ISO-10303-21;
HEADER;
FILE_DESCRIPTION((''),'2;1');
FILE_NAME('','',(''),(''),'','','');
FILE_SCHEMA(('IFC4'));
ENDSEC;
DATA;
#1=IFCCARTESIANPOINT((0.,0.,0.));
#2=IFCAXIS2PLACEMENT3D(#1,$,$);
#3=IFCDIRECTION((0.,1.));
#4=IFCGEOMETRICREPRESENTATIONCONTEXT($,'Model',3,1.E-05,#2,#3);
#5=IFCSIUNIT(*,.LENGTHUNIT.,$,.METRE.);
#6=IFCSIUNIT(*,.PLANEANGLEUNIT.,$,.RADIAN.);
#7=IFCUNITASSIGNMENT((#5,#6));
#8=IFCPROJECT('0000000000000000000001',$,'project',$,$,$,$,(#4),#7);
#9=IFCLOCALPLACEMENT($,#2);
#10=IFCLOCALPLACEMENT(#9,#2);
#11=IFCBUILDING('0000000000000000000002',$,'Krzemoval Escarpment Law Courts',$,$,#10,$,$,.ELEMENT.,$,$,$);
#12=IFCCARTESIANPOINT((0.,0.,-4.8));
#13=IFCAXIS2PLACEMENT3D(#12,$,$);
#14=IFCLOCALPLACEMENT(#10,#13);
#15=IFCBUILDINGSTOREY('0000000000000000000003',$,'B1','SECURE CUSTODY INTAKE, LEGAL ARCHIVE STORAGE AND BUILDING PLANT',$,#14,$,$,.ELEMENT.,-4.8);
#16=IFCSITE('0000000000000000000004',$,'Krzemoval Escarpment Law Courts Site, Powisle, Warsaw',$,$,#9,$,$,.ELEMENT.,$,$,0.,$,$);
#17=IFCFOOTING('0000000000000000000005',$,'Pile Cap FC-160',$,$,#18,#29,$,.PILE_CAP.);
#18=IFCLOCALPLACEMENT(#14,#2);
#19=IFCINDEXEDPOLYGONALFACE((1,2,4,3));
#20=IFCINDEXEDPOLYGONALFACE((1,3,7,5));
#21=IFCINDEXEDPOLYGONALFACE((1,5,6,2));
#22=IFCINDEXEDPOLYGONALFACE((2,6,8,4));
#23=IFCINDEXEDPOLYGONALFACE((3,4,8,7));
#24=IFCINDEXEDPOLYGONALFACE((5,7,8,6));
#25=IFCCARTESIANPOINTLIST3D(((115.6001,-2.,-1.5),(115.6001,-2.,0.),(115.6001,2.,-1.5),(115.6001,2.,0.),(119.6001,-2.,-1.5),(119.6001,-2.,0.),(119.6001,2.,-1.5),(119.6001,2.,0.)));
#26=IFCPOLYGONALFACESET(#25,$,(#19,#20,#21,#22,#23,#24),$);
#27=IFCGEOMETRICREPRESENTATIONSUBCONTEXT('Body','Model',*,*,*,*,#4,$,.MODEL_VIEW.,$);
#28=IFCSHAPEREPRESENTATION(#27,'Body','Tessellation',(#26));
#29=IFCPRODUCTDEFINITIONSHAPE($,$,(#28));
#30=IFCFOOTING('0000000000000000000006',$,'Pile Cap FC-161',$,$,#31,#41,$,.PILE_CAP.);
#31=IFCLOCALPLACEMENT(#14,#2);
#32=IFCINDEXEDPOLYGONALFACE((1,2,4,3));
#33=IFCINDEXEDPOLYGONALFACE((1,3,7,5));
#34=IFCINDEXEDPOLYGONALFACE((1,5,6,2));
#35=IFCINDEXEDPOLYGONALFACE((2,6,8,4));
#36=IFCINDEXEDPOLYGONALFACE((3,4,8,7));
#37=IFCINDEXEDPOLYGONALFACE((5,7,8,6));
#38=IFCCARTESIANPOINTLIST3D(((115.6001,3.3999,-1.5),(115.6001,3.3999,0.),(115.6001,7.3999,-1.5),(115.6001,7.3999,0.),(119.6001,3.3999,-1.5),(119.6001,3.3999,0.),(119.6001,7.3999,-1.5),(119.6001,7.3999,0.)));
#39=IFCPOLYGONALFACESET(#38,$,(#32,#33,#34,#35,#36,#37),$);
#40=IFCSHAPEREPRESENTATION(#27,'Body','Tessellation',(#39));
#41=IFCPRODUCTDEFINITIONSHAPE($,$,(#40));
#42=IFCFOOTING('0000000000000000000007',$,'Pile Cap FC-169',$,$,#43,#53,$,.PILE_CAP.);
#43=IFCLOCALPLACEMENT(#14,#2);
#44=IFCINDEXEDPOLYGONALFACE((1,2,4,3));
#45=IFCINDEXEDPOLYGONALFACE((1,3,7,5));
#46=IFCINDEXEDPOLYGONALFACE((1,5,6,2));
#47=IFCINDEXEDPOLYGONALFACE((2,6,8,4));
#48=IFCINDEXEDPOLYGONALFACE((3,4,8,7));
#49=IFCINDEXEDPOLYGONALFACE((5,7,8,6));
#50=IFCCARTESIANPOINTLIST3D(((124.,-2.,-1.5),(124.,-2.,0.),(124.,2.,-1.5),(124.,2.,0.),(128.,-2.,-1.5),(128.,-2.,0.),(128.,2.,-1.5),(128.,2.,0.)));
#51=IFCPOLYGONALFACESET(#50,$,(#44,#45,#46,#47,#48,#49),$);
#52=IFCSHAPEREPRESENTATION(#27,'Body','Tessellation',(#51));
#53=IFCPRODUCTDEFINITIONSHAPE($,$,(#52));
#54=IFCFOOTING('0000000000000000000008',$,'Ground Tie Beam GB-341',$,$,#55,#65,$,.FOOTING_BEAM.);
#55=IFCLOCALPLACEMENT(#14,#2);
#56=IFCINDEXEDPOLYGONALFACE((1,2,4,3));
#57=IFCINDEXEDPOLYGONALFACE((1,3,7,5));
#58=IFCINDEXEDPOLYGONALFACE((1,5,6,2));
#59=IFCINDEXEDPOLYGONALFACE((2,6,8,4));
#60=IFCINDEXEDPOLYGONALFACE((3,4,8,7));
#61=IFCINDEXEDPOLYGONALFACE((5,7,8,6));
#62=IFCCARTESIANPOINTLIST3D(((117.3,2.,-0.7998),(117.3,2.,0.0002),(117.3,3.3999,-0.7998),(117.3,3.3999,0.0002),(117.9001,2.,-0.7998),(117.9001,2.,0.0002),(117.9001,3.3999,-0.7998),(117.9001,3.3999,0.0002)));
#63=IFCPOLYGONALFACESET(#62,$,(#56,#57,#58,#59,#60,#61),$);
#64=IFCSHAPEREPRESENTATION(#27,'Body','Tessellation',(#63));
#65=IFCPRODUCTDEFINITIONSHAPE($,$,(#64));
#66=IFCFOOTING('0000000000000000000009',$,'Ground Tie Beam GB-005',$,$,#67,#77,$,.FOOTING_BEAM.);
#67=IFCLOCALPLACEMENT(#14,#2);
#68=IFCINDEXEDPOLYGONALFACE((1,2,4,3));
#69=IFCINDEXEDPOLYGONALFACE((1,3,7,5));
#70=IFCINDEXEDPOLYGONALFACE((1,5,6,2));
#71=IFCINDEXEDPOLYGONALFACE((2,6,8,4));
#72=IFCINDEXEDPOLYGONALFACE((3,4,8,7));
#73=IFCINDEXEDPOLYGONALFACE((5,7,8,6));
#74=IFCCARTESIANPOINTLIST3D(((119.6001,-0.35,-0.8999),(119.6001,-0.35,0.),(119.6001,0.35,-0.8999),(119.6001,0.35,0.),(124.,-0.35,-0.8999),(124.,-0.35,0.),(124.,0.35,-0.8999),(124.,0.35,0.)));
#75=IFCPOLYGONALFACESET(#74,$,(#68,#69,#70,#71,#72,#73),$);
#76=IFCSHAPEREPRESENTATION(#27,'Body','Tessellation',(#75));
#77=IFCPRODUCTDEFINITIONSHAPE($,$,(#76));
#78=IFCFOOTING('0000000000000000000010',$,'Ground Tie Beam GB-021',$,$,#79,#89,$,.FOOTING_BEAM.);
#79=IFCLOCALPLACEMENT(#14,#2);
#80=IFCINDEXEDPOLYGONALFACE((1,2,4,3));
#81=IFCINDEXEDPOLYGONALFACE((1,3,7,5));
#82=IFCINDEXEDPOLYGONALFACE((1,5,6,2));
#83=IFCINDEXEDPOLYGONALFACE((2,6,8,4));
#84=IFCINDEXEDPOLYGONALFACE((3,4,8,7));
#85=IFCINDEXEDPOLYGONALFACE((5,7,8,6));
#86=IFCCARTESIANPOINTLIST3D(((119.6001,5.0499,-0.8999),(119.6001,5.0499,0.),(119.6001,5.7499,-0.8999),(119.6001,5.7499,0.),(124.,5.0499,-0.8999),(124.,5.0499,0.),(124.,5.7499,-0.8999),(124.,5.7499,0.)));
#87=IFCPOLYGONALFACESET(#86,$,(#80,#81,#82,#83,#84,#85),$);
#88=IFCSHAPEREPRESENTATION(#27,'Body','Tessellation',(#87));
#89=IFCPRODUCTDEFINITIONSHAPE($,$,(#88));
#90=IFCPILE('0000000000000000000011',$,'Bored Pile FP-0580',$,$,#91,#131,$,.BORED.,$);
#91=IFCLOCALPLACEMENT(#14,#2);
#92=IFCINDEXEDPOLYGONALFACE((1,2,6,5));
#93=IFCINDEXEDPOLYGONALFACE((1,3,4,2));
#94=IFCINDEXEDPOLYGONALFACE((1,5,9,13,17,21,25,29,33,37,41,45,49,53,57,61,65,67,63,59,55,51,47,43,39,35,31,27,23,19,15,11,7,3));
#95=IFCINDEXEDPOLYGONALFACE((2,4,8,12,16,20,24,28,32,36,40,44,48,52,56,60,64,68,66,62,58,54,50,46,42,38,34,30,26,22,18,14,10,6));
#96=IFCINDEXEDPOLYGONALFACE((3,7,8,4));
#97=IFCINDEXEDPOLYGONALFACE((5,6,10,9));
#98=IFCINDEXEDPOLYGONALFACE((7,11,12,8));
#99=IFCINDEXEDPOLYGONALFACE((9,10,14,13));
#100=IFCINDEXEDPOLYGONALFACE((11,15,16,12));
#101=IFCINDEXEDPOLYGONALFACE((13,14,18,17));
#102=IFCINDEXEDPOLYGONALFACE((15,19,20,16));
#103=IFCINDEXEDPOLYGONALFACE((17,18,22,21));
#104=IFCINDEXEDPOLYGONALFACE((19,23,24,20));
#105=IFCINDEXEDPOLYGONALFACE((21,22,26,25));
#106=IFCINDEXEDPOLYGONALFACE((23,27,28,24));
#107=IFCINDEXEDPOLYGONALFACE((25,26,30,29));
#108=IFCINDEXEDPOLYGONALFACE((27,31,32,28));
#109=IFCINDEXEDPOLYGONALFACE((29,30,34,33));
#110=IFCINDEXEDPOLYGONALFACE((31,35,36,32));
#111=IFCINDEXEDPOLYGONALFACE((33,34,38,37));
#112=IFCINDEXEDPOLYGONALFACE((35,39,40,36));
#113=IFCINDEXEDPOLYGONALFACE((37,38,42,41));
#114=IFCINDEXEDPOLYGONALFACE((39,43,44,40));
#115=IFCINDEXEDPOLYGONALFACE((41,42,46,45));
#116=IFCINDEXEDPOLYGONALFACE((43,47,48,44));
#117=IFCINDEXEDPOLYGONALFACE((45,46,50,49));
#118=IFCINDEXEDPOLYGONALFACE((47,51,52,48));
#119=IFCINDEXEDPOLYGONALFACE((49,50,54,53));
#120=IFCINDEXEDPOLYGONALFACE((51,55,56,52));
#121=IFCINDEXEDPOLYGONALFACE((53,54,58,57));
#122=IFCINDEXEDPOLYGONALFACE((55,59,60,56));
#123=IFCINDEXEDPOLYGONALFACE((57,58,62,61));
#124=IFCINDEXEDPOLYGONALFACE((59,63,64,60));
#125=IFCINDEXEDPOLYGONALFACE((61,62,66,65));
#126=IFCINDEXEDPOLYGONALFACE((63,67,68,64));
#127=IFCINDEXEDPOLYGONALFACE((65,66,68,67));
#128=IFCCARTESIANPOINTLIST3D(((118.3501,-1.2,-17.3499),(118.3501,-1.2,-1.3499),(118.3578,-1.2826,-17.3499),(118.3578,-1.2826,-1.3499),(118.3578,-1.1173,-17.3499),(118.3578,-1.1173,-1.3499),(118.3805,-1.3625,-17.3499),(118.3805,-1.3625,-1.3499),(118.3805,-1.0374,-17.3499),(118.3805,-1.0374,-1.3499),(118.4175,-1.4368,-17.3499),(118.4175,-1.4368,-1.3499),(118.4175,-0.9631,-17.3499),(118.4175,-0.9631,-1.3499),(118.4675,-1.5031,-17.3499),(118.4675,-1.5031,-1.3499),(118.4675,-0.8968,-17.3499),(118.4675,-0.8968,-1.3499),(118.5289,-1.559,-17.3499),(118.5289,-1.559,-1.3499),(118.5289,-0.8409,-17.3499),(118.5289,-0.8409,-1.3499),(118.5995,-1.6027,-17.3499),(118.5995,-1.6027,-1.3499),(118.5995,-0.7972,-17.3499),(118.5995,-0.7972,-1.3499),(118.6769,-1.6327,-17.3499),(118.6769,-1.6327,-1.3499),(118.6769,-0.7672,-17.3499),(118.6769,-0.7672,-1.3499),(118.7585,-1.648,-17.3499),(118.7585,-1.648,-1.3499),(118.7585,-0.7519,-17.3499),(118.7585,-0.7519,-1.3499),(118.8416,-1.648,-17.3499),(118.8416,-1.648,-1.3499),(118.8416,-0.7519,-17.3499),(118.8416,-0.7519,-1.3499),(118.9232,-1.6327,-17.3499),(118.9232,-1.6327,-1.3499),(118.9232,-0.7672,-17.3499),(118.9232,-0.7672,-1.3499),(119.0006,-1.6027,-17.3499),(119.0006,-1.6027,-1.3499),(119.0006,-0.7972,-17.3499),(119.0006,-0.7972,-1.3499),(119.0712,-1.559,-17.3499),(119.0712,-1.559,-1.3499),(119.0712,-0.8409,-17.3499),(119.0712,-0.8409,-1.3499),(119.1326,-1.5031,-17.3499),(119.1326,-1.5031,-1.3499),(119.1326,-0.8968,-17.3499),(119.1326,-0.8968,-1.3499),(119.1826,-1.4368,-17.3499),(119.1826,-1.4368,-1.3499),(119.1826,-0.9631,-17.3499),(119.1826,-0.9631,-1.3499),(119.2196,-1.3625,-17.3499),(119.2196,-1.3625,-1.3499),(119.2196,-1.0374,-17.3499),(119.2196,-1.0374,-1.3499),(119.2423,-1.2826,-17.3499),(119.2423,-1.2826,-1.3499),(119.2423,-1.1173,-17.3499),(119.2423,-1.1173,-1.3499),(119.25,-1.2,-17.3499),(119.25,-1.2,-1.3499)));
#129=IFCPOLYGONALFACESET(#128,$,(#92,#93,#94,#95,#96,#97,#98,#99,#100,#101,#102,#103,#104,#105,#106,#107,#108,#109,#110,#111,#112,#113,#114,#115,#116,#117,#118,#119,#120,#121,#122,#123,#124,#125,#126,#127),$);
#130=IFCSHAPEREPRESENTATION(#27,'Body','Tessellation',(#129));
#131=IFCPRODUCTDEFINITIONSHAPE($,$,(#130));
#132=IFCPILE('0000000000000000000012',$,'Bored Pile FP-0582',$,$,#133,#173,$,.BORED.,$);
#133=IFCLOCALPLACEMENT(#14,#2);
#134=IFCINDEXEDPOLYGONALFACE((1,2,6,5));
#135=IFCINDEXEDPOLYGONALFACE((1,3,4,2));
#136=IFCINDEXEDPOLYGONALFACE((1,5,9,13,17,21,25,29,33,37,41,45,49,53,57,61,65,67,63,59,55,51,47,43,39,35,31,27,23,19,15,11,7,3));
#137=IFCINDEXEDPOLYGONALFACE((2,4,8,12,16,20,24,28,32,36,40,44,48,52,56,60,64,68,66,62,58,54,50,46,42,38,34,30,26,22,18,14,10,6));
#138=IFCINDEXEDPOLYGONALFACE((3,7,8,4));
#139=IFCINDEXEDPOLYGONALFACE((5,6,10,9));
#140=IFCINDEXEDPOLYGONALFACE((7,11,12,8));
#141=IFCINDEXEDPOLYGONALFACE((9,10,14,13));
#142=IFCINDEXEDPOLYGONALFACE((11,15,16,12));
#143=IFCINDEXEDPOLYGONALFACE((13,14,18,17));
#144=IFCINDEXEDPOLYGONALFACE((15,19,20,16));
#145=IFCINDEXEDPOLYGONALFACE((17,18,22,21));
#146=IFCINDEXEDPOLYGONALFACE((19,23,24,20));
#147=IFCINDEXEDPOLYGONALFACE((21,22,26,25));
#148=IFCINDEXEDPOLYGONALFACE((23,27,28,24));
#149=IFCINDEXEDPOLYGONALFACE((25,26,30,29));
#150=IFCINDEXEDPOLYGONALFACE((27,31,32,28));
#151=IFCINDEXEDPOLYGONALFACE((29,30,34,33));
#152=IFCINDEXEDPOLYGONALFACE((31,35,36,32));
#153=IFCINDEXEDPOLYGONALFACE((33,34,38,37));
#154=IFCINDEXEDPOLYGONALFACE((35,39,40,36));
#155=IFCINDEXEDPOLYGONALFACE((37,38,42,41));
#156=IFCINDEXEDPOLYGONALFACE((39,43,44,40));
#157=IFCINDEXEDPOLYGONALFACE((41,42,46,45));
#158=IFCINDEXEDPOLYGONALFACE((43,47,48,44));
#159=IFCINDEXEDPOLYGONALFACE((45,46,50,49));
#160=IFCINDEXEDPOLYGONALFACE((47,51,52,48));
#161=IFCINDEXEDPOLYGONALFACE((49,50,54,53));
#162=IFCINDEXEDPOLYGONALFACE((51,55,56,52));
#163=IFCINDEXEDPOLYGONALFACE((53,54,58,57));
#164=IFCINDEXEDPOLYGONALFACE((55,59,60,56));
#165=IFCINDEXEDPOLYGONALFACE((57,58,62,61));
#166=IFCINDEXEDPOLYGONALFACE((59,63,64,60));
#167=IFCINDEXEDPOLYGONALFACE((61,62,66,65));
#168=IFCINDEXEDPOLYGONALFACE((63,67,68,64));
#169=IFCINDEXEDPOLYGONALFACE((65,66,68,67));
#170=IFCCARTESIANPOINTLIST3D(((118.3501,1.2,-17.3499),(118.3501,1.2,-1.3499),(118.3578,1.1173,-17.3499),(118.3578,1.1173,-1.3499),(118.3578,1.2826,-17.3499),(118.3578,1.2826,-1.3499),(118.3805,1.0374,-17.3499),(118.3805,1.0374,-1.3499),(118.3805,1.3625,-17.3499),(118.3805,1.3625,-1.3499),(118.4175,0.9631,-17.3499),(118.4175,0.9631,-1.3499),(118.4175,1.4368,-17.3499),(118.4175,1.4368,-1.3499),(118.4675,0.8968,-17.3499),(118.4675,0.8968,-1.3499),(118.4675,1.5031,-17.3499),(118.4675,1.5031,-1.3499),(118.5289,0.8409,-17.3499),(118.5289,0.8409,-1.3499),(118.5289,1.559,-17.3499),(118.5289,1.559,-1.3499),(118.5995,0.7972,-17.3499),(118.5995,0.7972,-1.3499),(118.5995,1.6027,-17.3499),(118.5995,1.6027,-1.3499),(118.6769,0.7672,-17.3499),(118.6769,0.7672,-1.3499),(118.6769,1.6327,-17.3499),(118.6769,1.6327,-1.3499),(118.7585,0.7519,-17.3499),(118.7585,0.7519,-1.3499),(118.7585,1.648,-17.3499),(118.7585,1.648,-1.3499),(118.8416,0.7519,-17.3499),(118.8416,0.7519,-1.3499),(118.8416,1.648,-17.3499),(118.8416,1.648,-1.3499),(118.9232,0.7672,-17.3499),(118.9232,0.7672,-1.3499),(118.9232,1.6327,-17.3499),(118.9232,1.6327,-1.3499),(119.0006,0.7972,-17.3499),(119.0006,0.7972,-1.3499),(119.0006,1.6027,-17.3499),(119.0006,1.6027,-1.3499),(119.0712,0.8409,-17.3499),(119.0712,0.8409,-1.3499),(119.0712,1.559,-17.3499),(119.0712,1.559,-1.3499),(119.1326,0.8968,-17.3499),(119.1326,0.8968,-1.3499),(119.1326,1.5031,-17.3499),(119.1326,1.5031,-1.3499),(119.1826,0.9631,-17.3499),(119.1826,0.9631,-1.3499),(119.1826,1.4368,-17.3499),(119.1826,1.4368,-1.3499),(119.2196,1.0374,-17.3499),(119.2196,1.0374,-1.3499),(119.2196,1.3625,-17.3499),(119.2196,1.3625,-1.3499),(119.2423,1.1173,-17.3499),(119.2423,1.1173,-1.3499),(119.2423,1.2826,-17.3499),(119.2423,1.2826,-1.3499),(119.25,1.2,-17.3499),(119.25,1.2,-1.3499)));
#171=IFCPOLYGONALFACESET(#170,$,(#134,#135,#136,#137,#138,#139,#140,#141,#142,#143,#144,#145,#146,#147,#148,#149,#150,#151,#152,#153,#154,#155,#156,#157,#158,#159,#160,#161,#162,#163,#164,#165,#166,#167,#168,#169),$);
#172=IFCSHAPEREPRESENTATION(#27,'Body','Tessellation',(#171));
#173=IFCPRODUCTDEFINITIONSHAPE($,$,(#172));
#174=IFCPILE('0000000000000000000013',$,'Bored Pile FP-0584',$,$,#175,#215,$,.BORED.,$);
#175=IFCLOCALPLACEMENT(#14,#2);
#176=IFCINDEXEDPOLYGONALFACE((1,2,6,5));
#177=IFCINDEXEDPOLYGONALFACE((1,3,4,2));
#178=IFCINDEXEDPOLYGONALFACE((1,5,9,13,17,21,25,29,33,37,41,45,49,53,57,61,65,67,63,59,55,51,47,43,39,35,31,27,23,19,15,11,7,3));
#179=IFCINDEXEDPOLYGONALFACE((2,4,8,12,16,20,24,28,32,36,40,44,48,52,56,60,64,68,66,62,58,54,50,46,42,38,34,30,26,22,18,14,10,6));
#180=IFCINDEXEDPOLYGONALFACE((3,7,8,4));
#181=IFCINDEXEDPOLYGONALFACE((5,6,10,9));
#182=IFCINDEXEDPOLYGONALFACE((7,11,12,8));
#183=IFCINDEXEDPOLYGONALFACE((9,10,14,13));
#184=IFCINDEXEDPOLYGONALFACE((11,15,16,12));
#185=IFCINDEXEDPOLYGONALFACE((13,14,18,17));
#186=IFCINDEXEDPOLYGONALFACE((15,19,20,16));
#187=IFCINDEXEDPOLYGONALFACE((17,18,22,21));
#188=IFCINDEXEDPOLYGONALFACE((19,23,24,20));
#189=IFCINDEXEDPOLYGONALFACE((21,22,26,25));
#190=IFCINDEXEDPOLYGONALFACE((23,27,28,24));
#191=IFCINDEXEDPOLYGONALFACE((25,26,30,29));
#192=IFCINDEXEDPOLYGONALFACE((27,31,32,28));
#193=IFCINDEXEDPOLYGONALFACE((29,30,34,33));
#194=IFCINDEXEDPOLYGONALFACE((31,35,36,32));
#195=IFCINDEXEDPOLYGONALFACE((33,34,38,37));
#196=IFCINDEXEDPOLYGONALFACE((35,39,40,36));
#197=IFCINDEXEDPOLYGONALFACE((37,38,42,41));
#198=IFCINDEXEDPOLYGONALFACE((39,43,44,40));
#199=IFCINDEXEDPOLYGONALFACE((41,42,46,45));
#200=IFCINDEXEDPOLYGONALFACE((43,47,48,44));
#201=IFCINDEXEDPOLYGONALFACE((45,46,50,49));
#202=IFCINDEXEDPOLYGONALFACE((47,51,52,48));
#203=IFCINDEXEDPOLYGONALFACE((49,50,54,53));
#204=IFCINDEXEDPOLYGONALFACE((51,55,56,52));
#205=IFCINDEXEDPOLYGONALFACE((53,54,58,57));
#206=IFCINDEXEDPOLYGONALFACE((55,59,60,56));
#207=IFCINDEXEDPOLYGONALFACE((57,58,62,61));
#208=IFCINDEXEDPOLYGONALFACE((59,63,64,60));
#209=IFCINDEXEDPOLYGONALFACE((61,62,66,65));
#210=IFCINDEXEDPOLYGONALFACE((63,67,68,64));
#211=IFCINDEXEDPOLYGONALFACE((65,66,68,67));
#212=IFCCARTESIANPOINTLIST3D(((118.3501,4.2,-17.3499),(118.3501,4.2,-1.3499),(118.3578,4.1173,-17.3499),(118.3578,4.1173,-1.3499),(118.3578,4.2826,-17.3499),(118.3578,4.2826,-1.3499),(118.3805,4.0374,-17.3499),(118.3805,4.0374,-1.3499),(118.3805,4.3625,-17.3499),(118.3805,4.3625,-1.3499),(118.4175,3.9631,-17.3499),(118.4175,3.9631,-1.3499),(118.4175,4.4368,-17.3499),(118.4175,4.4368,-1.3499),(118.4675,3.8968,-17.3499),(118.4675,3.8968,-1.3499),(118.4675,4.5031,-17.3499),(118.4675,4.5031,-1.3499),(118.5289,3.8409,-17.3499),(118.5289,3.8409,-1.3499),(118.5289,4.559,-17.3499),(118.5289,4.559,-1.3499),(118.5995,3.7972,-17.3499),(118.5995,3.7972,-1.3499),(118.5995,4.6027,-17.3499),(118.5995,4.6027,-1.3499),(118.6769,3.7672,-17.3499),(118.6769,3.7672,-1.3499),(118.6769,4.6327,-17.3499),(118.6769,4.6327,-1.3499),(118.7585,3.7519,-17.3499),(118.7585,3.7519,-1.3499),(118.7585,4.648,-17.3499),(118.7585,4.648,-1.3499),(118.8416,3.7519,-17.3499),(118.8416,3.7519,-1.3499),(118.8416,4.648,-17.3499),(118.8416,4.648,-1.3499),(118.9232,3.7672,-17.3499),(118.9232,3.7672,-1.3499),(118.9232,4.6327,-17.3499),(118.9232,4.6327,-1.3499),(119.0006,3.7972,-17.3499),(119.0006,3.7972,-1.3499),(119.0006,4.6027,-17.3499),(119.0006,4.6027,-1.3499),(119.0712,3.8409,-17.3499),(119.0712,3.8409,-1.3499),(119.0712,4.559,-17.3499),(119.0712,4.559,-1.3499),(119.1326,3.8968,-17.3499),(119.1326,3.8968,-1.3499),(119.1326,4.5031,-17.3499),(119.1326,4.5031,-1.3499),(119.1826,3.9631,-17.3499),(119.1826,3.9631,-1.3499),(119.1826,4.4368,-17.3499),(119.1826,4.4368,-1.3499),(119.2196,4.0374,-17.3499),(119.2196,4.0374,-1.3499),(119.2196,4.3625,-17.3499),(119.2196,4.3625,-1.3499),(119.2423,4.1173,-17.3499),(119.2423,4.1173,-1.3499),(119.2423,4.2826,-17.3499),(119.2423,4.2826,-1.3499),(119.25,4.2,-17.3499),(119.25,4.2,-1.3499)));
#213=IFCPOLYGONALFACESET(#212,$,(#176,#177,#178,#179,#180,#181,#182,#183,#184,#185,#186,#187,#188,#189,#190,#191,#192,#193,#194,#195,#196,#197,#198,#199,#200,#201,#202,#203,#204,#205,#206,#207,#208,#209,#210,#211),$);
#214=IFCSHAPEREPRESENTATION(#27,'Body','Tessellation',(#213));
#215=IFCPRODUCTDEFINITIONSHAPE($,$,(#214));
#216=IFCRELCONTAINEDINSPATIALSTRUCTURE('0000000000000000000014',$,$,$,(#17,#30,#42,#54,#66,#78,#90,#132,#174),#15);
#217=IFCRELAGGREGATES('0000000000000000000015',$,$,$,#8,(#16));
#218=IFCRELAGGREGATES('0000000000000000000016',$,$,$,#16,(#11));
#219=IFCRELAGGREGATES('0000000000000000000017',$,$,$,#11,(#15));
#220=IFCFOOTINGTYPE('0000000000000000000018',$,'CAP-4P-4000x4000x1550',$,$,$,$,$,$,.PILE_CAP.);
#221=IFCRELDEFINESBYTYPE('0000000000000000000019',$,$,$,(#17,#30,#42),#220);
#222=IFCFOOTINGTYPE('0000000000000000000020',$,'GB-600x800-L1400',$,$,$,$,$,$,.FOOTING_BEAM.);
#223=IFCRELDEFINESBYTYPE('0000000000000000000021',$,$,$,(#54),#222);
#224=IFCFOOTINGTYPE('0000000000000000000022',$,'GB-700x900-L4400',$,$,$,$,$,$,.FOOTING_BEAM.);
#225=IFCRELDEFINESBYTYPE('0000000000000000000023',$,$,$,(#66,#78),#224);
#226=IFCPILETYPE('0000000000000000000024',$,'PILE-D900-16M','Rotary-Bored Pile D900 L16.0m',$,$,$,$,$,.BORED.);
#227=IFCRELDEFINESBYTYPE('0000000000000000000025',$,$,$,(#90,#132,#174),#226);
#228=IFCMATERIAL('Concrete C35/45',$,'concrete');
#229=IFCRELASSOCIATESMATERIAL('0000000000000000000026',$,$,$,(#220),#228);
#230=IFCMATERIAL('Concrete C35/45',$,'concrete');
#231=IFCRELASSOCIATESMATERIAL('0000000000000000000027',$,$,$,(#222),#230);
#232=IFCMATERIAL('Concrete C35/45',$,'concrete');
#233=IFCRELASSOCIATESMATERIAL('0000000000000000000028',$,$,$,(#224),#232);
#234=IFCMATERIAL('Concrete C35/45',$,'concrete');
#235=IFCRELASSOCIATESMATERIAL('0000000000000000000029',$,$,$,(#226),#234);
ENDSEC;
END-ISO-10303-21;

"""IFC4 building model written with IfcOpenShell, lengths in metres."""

from ifc_helpers import new_model, si_unit, direction, frame, origin, origin_2d, place, context, subcontext, project, spatial, rectangle, circle, extrude, material, material_profile, profile_set, type_object, element, save


model = new_model("IFC4")

# Units and contexts
model_context = context("Model", 3, precision=1e-05, world=origin(), true_north=direction((0.0, 1.0)))
body_context = subcontext(model_context, "Body", "Model", "MODEL_VIEW")
ifc_project = project(units=[si_unit("LENGTHUNIT", "METRE"), si_unit("PLANEANGLEUNIT", "RADIAN")], contexts=[model_context])

# Site, building, storey
site_placement = place(None, origin())
site = spatial("IfcSite", under=ifc_project, at=site_placement, Name="Krzemoval Escarpment Law Courts Site, Powisle, Warsaw", CompositionType="ELEMENT", RefElevation=0.0)
building_placement = place(site_placement, origin())
building = spatial("IfcBuilding", under=site, at=building_placement, Name="Krzemoval Escarpment Law Courts", CompositionType="ELEMENT")
storey_placement = place(building_placement, frame((0.0, 0.0, -4.8)))
storey = spatial("IfcBuildingStorey", under=building, at=storey_placement, Name="B1", Description="SECURE CUSTODY INTAKE, LEGAL ARCHIVE STORAGE AND BUILDING PLANT", CompositionType="ELEMENT", Elevation=-4.8)

# Footings
ifc_material_1 = material(Name="Concrete C35/45", Category="concrete")
footing_type_1 = type_object("IfcFootingType", Name="CAP-4P-4000x4000x1550", PredefinedType="PILE_CAP", material=ifc_material_1)
for number, where, z_axis, x_axis, name in (
    (1, (117.6001, 0.0, -1.5), (0.0, 0.0, 1.0), (1.0, 0.0, 0.0), "Pile Cap FC-160"),
    (2, (117.6001, 5.3999, -1.5), (0.0, 0.0, 1.0), (1.0, 0.0, 0.0), "Pile Cap FC-161"),
    (3, (126.0, 0.0, -1.5), (0.0, 0.0, 1.0), (1.0, 0.0, 0.0), "Pile Cap FC-169"),
):
    element("IfcFooting", number, at=place(storey_placement, frame(where, z_axis=z_axis, x_axis=x_axis)), inside=storey, type_object=footing_type_1, Name=name, PredefinedType="PILE_CAP", context=body_context, shape_type="SweptSolid", body=[
        extrude(rectangle(XDim=4.0, YDim=4.0, at=origin_2d()), origin(), (0.0, 0.0, 1.0), 1.5),
    ])
ifc_material_2 = material(Name="Concrete C35/45", Category="concrete")
footing_type_2 = type_object("IfcFootingType", Name="GB-600x800-L1400", PredefinedType="FOOTING_BEAM", material=ifc_material_2)
footing_placement = place(storey_placement, frame((117.6001, 2.7, -0.7998), z_axis=(0.0, 0.0, 1.0), x_axis=(0.0, 1.0, 0.0)))
element("IfcFooting", 4, at=footing_placement, inside=storey, type_object=footing_type_2, Name="Ground Tie Beam GB-341", PredefinedType="FOOTING_BEAM", context=body_context, shape_type="SweptSolid", body=[
    extrude(rectangle(XDim=1.3999, YDim=0.6001, at=origin_2d()), origin(), (0.0, 0.0, 1.0), 0.8),
])
ifc_material_3 = material(Name="Concrete C35/45", Category="concrete")
footing_type_3 = type_object("IfcFootingType", Name="GB-700x900-L4400", PredefinedType="FOOTING_BEAM", material=ifc_material_3)
for number, where, z_axis, x_axis, name in (
    (5, (121.8, 0.0, -0.8999), (0.0, 0.0, 1.0), (1.0, 0.0, 0.0), "Ground Tie Beam GB-005"),
    (6, (121.8, 5.3999, -0.8999), (0.0, 0.0, 1.0), (1.0, 0.0, 0.0), "Ground Tie Beam GB-021"),
):
    element("IfcFooting", number, at=place(storey_placement, frame(where, z_axis=z_axis, x_axis=x_axis)), inside=storey, type_object=footing_type_3, Name=name, PredefinedType="FOOTING_BEAM", context=body_context, shape_type="SweptSolid", body=[
        extrude(rectangle(XDim=4.3999, YDim=0.7, at=origin_2d()), origin(), (0.0, 0.0, 1.0), 0.8999),
    ])

# Piles
ifc_material_4 = material(Name="Concrete C35/45", Category="concrete")
ifc_material_profile_1 = material_profile(ifc_material_4, circle(Radius=0.45, at=origin_2d()), Name="PILE D900")
ifc_profile_set_1 = profile_set([ifc_material_profile_1], Name="Concrete C35/45")
pile_type = type_object("IfcPileType", Name="PILE-D900-16M", Description="Rotary-Bored Pile D900 L16.0m", PredefinedType="BORED", material=ifc_profile_set_1)
for number, where, z_axis, x_axis, name in (
    (7, (118.8, -1.2, -1.3499), (0.0, 0.0, -1.0), (1.0, 0.0, 0.0), "Bored Pile FP-0580"),
    (8, (118.8, 1.2, -1.3499), (0.0, 0.0, -1.0), (1.0, 0.0, 0.0), "Bored Pile FP-0582"),
    (9, (118.8, 4.2, -1.3499), (0.0, 0.0, -1.0), (1.0, 0.0, 0.0), "Bored Pile FP-0584"),
):
    element("IfcPile", number, at=place(storey_placement, frame(where, z_axis=z_axis, x_axis=x_axis)), inside=storey, type_object=pile_type, Name=name, PredefinedType="BORED", context=body_context, shape_type="SweptSolid", body=[
        extrude(circle(Radius=0.45, at=origin_2d()), origin(), (0.0, 0.0, 1.0), 16.0),
    ])

save(model, "model.ifc")
